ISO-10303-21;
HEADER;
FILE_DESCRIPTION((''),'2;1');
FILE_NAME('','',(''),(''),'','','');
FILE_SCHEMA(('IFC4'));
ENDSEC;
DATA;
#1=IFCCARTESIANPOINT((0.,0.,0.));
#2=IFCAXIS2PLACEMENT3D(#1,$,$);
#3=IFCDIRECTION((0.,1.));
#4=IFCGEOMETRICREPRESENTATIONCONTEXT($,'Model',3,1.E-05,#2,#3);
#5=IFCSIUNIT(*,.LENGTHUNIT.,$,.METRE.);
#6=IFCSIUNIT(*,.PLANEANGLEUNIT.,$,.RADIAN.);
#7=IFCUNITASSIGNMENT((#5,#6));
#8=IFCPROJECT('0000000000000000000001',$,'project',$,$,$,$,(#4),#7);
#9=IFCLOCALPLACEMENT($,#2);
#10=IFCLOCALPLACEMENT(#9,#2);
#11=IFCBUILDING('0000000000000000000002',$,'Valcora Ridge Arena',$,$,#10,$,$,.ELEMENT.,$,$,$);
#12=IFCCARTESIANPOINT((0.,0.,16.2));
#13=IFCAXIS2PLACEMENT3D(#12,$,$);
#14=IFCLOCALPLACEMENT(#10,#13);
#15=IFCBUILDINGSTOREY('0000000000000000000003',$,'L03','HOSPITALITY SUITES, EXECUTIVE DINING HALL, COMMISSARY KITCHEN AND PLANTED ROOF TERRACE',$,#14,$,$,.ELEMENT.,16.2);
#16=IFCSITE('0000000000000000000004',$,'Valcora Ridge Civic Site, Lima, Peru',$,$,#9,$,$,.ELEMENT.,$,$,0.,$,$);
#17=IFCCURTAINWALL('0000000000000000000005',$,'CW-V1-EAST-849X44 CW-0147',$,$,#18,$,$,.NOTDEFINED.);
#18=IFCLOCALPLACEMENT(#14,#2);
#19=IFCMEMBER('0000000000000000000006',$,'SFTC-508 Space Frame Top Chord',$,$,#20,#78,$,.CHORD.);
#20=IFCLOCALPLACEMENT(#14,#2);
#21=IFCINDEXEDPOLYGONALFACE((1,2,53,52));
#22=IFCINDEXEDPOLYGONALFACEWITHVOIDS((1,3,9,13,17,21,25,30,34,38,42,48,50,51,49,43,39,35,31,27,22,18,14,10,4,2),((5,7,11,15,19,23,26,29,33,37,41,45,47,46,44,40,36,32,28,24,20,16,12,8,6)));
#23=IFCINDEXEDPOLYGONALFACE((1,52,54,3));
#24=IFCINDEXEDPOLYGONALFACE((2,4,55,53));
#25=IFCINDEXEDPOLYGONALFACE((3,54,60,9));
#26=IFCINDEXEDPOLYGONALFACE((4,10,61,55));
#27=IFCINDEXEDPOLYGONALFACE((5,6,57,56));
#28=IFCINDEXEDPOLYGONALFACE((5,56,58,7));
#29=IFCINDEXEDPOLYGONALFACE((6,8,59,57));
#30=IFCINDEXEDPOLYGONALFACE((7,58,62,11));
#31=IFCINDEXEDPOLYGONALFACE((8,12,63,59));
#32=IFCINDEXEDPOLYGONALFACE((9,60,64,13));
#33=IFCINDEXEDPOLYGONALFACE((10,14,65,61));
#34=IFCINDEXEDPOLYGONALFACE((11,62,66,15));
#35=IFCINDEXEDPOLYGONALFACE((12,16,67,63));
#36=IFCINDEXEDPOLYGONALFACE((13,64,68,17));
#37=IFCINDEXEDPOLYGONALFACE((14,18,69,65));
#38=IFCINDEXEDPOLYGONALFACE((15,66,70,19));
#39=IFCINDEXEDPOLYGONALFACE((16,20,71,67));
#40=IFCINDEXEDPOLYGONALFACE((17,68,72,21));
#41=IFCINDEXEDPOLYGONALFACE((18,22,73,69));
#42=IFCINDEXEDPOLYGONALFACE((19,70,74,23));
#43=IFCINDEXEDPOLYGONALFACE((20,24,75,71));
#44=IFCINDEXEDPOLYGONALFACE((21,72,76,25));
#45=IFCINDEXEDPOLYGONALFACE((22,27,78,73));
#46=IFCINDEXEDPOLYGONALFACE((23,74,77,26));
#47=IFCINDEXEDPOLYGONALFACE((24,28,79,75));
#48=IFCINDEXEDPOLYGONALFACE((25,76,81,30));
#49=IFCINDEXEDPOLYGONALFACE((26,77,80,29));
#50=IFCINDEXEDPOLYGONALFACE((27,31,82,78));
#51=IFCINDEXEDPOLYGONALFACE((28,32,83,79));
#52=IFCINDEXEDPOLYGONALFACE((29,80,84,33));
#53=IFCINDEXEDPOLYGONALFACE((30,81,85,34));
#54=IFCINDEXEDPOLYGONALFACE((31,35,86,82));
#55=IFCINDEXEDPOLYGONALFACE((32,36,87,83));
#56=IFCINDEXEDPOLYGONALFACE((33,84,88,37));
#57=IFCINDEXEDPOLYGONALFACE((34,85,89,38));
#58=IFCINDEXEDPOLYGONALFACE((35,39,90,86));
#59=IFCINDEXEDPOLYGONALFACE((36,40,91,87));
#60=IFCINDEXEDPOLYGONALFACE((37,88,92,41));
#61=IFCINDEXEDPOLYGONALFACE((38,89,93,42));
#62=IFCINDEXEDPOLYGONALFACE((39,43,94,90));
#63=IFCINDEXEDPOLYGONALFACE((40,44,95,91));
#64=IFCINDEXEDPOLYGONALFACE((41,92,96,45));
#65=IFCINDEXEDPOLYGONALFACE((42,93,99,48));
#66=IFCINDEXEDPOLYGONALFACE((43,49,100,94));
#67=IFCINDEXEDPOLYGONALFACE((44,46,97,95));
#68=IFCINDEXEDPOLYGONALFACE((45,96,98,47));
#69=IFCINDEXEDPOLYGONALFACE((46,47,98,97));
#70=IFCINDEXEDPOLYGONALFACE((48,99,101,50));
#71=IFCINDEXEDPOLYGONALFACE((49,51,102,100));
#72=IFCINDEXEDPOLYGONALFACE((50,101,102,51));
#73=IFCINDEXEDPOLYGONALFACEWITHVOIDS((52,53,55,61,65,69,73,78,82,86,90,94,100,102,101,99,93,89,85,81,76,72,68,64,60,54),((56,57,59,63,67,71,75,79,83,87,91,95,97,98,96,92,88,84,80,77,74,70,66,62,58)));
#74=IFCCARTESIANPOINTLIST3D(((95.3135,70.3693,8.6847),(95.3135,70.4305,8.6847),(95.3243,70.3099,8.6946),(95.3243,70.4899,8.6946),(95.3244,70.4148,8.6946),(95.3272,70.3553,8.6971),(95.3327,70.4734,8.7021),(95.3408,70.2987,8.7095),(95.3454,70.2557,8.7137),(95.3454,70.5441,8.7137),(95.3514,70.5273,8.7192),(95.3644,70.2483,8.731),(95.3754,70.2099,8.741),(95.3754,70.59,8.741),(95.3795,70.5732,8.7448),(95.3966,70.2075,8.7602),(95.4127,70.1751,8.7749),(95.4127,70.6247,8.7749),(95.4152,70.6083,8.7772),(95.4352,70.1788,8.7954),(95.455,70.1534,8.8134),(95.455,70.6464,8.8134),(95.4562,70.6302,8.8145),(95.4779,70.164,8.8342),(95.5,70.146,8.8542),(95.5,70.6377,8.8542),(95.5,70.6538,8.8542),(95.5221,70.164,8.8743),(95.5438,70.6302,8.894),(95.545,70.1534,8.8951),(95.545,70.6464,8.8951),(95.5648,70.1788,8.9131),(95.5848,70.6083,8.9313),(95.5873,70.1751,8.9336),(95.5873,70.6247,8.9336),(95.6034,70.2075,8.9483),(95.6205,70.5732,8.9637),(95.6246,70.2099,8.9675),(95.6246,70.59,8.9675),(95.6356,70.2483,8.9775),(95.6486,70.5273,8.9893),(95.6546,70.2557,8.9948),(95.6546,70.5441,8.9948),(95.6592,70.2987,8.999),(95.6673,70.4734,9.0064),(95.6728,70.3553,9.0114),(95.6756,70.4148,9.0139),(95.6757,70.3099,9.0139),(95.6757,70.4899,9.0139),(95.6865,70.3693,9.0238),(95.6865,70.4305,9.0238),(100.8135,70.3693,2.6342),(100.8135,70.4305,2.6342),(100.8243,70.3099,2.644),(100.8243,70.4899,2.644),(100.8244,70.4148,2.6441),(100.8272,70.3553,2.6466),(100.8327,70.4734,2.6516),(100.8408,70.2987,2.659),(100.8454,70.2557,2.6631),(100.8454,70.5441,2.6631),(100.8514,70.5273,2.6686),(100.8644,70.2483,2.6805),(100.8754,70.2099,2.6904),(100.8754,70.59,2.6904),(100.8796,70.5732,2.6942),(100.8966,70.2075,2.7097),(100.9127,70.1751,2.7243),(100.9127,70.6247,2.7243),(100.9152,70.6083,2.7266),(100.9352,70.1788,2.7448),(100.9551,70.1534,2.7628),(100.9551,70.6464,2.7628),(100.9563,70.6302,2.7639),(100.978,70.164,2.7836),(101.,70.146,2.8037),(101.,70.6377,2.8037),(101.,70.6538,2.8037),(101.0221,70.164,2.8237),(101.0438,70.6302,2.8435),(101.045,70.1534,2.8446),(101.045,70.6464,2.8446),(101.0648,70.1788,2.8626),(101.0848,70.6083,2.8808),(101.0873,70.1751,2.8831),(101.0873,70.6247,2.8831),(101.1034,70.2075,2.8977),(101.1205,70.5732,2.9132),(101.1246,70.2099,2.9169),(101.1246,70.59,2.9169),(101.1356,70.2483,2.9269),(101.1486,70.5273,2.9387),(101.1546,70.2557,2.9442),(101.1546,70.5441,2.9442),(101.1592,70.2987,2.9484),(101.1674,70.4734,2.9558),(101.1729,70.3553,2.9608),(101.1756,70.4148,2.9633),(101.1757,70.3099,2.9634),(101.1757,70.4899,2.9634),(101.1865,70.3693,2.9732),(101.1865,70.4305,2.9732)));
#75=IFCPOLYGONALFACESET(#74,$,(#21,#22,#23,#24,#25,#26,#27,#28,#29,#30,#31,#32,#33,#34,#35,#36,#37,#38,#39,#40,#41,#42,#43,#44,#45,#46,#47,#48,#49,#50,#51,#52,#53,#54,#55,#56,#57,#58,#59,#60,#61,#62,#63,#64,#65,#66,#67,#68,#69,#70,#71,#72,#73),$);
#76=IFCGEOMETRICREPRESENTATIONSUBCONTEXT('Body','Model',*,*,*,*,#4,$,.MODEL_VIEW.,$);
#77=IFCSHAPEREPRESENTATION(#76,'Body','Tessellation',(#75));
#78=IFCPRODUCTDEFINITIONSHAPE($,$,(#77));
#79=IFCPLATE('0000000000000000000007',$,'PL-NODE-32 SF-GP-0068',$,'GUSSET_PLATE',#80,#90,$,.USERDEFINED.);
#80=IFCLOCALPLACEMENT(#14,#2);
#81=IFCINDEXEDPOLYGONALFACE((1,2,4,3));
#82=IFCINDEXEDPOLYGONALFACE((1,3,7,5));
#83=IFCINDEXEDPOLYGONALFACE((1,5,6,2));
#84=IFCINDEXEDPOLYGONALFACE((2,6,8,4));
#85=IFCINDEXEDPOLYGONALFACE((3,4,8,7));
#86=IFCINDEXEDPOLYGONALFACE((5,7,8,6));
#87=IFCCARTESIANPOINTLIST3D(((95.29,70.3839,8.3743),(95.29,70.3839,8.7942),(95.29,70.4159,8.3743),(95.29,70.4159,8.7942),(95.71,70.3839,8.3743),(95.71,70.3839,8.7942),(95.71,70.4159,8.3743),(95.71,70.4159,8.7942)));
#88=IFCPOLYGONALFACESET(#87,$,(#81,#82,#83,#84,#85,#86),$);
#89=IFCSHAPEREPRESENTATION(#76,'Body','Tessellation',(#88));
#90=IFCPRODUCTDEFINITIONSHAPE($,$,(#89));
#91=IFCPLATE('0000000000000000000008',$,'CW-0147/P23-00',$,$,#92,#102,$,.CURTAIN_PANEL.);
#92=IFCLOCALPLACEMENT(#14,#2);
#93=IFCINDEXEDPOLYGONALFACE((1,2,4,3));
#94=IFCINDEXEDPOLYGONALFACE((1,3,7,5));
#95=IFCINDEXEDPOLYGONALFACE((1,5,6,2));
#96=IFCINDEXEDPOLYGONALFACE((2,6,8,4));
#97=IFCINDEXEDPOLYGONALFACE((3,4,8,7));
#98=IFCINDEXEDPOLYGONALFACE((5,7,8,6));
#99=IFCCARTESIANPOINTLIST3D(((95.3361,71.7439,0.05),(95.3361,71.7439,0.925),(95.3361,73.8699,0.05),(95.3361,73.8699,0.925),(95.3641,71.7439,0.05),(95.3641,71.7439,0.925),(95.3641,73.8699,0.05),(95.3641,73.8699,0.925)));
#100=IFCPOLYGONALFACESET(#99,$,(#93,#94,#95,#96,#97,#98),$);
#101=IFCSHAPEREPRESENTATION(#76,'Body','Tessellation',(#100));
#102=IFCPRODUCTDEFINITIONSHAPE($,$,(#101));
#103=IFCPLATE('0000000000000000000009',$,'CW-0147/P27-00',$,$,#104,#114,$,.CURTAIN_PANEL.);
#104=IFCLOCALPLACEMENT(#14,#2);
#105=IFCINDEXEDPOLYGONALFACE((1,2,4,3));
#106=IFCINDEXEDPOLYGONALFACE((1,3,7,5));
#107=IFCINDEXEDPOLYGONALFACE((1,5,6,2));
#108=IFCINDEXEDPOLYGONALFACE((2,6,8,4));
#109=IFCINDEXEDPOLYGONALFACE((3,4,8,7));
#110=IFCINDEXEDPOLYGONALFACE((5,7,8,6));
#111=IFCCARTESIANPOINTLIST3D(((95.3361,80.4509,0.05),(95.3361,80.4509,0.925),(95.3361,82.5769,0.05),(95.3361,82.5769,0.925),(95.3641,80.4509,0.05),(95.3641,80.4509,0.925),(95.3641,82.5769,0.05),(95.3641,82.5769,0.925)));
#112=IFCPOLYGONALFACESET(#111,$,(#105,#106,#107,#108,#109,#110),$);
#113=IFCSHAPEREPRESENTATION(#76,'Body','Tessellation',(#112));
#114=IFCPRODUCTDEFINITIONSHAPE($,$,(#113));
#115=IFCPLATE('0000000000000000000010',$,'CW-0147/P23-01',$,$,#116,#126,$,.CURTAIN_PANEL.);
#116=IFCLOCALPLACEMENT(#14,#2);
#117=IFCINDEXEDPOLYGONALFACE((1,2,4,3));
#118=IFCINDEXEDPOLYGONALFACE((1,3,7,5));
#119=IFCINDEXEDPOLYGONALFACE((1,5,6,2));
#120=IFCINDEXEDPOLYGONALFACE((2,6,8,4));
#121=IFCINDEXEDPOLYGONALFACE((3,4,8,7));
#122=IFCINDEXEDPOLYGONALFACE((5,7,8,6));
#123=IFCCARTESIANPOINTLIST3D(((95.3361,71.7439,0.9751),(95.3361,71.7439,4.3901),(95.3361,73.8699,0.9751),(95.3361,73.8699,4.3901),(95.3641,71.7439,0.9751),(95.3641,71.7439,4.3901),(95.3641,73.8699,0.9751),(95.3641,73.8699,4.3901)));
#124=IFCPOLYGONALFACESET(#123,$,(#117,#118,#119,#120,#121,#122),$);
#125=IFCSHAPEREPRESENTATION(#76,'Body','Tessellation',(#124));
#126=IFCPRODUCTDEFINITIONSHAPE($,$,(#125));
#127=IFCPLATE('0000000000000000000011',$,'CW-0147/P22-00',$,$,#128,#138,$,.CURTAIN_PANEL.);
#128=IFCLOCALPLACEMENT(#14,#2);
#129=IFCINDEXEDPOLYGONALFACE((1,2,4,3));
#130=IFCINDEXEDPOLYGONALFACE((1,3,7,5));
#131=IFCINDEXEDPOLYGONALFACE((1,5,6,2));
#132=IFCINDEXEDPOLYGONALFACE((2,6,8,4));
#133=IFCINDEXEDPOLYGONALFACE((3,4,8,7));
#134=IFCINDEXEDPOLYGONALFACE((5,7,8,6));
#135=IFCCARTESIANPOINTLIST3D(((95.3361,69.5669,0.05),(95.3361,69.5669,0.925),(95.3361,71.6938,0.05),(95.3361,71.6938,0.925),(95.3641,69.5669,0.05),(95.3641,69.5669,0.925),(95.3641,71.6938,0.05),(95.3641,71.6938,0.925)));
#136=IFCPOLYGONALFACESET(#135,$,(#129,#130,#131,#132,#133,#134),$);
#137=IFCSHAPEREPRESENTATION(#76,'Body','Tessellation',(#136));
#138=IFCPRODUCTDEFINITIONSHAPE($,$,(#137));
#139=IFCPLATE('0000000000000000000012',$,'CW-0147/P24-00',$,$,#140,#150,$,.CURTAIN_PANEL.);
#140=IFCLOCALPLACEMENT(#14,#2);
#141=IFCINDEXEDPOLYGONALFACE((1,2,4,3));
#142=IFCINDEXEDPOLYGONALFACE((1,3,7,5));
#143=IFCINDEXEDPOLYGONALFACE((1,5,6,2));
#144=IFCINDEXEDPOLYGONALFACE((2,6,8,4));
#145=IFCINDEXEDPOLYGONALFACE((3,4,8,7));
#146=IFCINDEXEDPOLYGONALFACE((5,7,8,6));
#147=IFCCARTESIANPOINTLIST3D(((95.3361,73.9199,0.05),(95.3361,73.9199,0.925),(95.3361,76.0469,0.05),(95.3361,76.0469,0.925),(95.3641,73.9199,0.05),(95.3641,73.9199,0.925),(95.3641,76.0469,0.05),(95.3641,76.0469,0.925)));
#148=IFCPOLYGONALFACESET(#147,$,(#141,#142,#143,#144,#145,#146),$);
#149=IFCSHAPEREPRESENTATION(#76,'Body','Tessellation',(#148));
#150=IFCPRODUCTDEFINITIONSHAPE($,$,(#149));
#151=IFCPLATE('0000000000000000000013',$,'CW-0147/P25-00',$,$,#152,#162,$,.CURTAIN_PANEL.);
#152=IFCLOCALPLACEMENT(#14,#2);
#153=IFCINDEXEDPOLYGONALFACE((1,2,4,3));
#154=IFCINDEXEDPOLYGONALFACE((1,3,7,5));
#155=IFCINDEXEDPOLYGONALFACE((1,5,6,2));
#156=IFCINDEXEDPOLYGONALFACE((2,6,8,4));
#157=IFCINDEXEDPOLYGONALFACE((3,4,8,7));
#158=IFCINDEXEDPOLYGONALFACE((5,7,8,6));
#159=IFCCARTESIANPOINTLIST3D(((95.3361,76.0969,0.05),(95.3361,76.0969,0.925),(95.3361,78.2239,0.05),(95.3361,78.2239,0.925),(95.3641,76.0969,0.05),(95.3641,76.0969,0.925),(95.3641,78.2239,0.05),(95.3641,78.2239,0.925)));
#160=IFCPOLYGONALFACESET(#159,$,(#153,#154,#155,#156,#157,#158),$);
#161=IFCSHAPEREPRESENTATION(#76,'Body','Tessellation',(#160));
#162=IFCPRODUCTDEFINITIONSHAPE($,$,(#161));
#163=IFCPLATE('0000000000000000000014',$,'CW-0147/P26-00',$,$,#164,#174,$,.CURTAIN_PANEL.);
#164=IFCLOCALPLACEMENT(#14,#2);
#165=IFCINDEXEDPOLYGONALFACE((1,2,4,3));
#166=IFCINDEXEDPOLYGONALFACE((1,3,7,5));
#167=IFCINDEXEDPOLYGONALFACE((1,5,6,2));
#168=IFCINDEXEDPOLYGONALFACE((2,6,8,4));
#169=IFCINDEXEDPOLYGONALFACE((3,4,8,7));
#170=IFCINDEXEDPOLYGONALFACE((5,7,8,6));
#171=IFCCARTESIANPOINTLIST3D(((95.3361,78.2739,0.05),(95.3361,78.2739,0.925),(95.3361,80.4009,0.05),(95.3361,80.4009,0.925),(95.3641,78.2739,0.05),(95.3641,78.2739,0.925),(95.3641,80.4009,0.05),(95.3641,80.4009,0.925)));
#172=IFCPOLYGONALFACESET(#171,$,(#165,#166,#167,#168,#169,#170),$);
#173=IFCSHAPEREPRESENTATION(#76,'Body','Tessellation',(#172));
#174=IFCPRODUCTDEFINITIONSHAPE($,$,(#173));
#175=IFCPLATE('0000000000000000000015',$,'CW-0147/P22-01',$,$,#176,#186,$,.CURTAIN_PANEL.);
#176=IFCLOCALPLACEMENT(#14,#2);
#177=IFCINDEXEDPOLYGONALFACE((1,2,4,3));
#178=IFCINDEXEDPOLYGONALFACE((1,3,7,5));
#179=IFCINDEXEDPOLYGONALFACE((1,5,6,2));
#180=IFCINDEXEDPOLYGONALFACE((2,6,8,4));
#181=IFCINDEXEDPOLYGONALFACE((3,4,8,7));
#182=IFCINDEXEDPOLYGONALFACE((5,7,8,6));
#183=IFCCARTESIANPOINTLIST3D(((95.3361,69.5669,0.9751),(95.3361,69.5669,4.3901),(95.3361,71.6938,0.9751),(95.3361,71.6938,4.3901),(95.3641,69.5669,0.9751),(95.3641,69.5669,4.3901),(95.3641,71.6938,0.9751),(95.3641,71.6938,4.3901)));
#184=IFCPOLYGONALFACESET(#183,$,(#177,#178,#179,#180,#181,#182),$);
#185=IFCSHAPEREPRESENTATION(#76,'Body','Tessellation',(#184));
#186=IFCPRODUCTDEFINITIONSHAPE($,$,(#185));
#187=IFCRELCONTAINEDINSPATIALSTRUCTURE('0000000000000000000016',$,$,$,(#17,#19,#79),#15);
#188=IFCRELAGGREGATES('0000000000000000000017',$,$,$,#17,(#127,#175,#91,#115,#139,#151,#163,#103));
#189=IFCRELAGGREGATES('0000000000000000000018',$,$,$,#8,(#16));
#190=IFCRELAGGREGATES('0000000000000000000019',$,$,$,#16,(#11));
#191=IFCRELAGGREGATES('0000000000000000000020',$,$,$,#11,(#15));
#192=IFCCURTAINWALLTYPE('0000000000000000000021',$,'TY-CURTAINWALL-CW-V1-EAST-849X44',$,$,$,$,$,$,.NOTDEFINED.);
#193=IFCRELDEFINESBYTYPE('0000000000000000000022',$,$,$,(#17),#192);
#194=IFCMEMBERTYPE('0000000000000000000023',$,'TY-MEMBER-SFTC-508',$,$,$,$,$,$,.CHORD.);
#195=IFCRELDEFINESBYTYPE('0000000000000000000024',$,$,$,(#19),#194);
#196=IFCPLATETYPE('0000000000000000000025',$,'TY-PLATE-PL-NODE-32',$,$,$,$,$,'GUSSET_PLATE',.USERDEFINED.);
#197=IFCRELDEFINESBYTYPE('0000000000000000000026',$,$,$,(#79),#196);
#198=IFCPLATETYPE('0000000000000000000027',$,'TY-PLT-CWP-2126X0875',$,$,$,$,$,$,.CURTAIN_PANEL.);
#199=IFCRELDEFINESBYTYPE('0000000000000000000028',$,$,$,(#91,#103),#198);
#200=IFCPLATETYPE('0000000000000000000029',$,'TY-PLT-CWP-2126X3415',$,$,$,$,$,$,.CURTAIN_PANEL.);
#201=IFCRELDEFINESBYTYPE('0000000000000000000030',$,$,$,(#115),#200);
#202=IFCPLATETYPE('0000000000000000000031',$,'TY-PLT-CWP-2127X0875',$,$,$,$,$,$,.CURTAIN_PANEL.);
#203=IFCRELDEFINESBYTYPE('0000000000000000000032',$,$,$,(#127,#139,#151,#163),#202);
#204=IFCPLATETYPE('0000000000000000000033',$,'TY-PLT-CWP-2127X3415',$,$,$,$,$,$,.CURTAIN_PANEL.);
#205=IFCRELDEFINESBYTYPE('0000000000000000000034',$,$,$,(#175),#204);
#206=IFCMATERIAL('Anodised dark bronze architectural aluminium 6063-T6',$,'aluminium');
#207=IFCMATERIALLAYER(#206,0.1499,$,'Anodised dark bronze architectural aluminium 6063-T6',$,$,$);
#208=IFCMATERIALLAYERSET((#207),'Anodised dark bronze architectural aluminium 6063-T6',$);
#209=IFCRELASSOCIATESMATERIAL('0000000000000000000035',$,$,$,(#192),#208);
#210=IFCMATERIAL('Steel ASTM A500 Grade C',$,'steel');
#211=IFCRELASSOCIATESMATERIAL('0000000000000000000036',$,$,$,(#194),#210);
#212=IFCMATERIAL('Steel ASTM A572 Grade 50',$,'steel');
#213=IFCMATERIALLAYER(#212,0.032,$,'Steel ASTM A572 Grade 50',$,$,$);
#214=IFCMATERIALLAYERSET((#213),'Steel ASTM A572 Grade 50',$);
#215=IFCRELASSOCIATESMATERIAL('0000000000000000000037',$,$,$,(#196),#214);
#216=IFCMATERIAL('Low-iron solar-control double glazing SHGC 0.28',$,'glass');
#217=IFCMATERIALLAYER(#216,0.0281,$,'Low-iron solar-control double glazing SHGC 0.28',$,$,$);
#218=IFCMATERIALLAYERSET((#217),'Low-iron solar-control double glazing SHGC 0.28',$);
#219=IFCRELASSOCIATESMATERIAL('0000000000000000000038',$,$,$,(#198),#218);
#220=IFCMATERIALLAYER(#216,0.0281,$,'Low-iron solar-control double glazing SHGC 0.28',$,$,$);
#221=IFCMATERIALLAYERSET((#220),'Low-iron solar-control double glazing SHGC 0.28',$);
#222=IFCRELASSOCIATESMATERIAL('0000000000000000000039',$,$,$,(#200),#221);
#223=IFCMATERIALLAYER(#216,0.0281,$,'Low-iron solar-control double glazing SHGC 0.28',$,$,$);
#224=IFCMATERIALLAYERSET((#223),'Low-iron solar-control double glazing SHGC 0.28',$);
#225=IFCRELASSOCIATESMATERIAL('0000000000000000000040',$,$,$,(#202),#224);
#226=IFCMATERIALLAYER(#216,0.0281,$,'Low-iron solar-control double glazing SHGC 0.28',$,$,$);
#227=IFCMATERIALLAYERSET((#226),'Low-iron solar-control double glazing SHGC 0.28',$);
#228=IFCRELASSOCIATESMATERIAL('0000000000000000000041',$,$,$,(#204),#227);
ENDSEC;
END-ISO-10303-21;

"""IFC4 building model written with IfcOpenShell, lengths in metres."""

from ifc_helpers import new_model, si_unit, direction, frame, origin, origin_2d, place, context, subcontext, project, spatial, rectangle, hollow_circle, extrude, material, layer, layer_set, material_profile, profile_set, type_object, element, aggregate, save


model = new_model("IFC4")

# Units and contexts
model_context = context("Model", 3, precision=1e-05, world=origin(), true_north=direction((0.0, 1.0)))
body_context = subcontext(model_context, "Body", "Model", "MODEL_VIEW")
ifc_project = project(units=[si_unit("LENGTHUNIT", "METRE"), si_unit("PLANEANGLEUNIT", "RADIAN")], contexts=[model_context])

# Site, building, storey
site_placement = place(None, origin())
site = spatial("IfcSite", under=ifc_project, at=site_placement, Name="Valcora Ridge Civic Site, Lima, Peru", CompositionType="ELEMENT", RefElevation=0.0)
building_placement = place(site_placement, origin())
building = spatial("IfcBuilding", under=site, at=building_placement, Name="Valcora Ridge Arena", CompositionType="ELEMENT")
storey_placement = place(building_placement, frame((0.0, 0.0, 16.2)))
storey = spatial("IfcBuildingStorey", under=building, at=storey_placement, Name="L03", Description="HOSPITALITY SUITES, EXECUTIVE DINING HALL, COMMISSARY KITCHEN AND PLANTED ROOF TERRACE", CompositionType="ELEMENT", Elevation=16.2)

# Curtain wall
ifc_material_1 = material(Name="Anodised dark bronze architectural aluminium 6063-T6", Category="aluminium")
ifc_layer_1 = layer(ifc_material_1, 0.1499, Name="Anodised dark bronze architectural aluminium 6063-T6")
ifc_layer_set_1 = layer_set([ifc_layer_1], Name="Anodised dark bronze architectural aluminium 6063-T6")
curtain_wall_type = type_object("IfcCurtainWallType", Name="TY-CURTAINWALL-CW-V1-EAST-849X44", PredefinedType="NOTDEFINED", material=ifc_layer_set_1)
curtain_wall_placement = place(storey_placement, origin())
curtain_wall = element("IfcCurtainWall", 1, at=curtain_wall_placement, inside=storey, type_object=curtain_wall_type, Name="CW-V1-EAST-849X44 CW-0147", PredefinedType="NOTDEFINED")

# Member
ifc_material_2 = material(Name="Steel ASTM A572 Grade 50", Category="steel")
ifc_material_3 = material(Name="Steel ASTM A500 Grade C", Category="steel")
ifc_material_profile_1 = material_profile(ifc_material_3, hollow_circle(Radius=0.2539, WallThickness=0.0161, at=origin_2d()), Name="CHS508X16")
ifc_profile_set_1 = profile_set([ifc_material_profile_1], Name="Steel ASTM A500 Grade C")
member_type_1 = type_object("IfcMemberType", Name="TY-MEMBER-SFTC-508", PredefinedType="CHORD", material=ifc_profile_set_1)
member_1_placement = place(storey_placement, frame((95.5, 70.3999, 8.8542), z_axis=(0.67264, 0.0, -0.73997), x_axis=(0.0, 1.0, 0.0)))
element("IfcMember", 2, at=member_1_placement, inside=storey, type_object=member_type_1, Name="SFTC-508 Space Frame Top Chord", PredefinedType="CHORD", context=body_context, shape_type="SweptSolid", body=[
    extrude(hollow_circle(Radius=0.2539, WallThickness=0.0161, at=origin_2d()), origin(), (0.0, 0.0, 1.0), 8.1768),
])

# Plates
ifc_layer_2 = layer(ifc_material_2, 0.032, Name="Steel ASTM A572 Grade 50")
ifc_layer_set_2 = layer_set([ifc_layer_2], Name="Steel ASTM A572 Grade 50")
plate_type_1 = type_object("IfcPlateType", Name="TY-PLATE-PL-NODE-32", ElementType="GUSSET_PLATE", PredefinedType="USERDEFINED", material=ifc_layer_set_2)
plate_1_placement = place(storey_placement, frame((95.5, 70.3999, 8.3743), z_axis=(0.0, 0.0, 1.0), x_axis=(1.0, 0.0, 0.0)))
element("IfcPlate", 3, at=plate_1_placement, inside=storey, type_object=plate_type_1, Name="PL-NODE-32 SF-GP-0068", ObjectType="GUSSET_PLATE", PredefinedType="USERDEFINED", context=body_context, shape_type="SweptSolid", body=[
    extrude(rectangle(XDim=0.4199, YDim=0.032, at=origin_2d()), origin(), (0.0, 0.0, 1.0), 0.4199),
])
ifc_material_4 = material(Name="Low-iron solar-control double glazing SHGC 0.28", Category="glass")
ifc_layer_3 = layer(ifc_material_4, 0.0281, Name="Low-iron solar-control double glazing SHGC 0.28")
ifc_layer_set_3 = layer_set([ifc_layer_3], Name="Low-iron solar-control double glazing SHGC 0.28")
plate_type_2 = type_object("IfcPlateType", Name="TY-PLT-CWP-2126X0875", PredefinedType="CURTAIN_PANEL", material=ifc_layer_set_3)
plate_2_placement = place(storey_placement, frame((95.3501, 72.8069, 0.05), z_axis=(0.0, 0.0, 1.0), x_axis=(0.0, 1.0, 0.0)))
plate_2 = element("IfcPlate", 4, at=plate_2_placement, type_object=plate_type_2, Name="CW-0147/P23-00", PredefinedType="CURTAIN_PANEL", context=body_context, shape_type="SweptSolid", body=[
    extrude(rectangle(XDim=2.126, YDim=0.0281, at=origin_2d()), origin(), (0.0, 0.0, 1.0), 0.875),
])
plate_3_placement = place(storey_placement, frame((95.3501, 81.5139, 0.05), z_axis=(0.0, 0.0, 1.0), x_axis=(0.0, 1.0, 0.0)))
plate_3 = element("IfcPlate", 5, at=plate_3_placement, type_object=plate_type_2, Name="CW-0147/P27-00", PredefinedType="CURTAIN_PANEL", context=body_context, shape_type="SweptSolid", body=[
    extrude(rectangle(XDim=2.126, YDim=0.0281, at=origin_2d()), origin(), (0.0, 0.0, 1.0), 0.875),
])
ifc_layer_4 = layer(ifc_material_4, 0.0281, Name="Low-iron solar-control double glazing SHGC 0.28")
ifc_layer_set_4 = layer_set([ifc_layer_4], Name="Low-iron solar-control double glazing SHGC 0.28")
plate_type_3 = type_object("IfcPlateType", Name="TY-PLT-CWP-2126X3415", PredefinedType="CURTAIN_PANEL", material=ifc_layer_set_4)
plate_4_placement = place(storey_placement, frame((95.3501, 72.8069, 0.9751), z_axis=(0.0, 0.0, 1.0), x_axis=(0.0, 1.0, 0.0)))
plate_4 = element("IfcPlate", 6, at=plate_4_placement, type_object=plate_type_3, Name="CW-0147/P23-01", PredefinedType="CURTAIN_PANEL", context=body_context, shape_type="SweptSolid", body=[
    extrude(rectangle(XDim=2.126, YDim=0.0281, at=origin_2d()), origin(), (0.0, 0.0, 1.0), 3.415),
])
ifc_layer_5 = layer(ifc_material_4, 0.0281, Name="Low-iron solar-control double glazing SHGC 0.28")
ifc_layer_set_5 = layer_set([ifc_layer_5], Name="Low-iron solar-control double glazing SHGC 0.28")
plate_type_4 = type_object("IfcPlateType", Name="TY-PLT-CWP-2127X0875", PredefinedType="CURTAIN_PANEL", material=ifc_layer_set_5)
plate_5_placement = place(storey_placement, frame((95.3501, 70.6304, 0.05), z_axis=(0.0, 0.0, 1.0), x_axis=(0.0, 1.0, 0.0)))
plate_5 = element("IfcPlate", 7, at=plate_5_placement, type_object=plate_type_4, Name="CW-0147/P22-00", PredefinedType="CURTAIN_PANEL", context=body_context, shape_type="SweptSolid", body=[
    extrude(rectangle(XDim=2.127, YDim=0.0281, at=origin_2d()), origin(), (0.0, 0.0, 1.0), 0.875),
])
plate_6_placement = place(storey_placement, frame((95.3501, 74.9834, 0.05), z_axis=(0.0, 0.0, 1.0), x_axis=(0.0, 1.0, 0.0)))
plate_6 = element("IfcPlate", 8, at=plate_6_placement, type_object=plate_type_4, Name="CW-0147/P24-00", PredefinedType="CURTAIN_PANEL", context=body_context, shape_type="SweptSolid", body=[
    extrude(rectangle(XDim=2.127, YDim=0.0281, at=origin_2d()), origin(), (0.0, 0.0, 1.0), 0.875),
])
plate_7_placement = place(storey_placement, frame((95.3501, 77.1604, 0.05), z_axis=(0.0, 0.0, 1.0), x_axis=(0.0, 1.0, 0.0)))
plate_7 = element("IfcPlate", 9, at=plate_7_placement, type_object=plate_type_4, Name="CW-0147/P25-00", PredefinedType="CURTAIN_PANEL", context=body_context, shape_type="SweptSolid", body=[
    extrude(rectangle(XDim=2.127, YDim=0.0281, at=origin_2d()), origin(), (0.0, 0.0, 1.0), 0.875),
])
plate_8_placement = place(storey_placement, frame((95.3501, 79.3374, 0.05), z_axis=(0.0, 0.0, 1.0), x_axis=(0.0, 1.0, 0.0)))
plate_8 = element("IfcPlate", 10, at=plate_8_placement, type_object=plate_type_4, Name="CW-0147/P26-00", PredefinedType="CURTAIN_PANEL", context=body_context, shape_type="SweptSolid", body=[
    extrude(rectangle(XDim=2.127, YDim=0.0281, at=origin_2d()), origin(), (0.0, 0.0, 1.0), 0.875),
])
ifc_layer_6 = layer(ifc_material_4, 0.0281, Name="Low-iron solar-control double glazing SHGC 0.28")
ifc_layer_set_6 = layer_set([ifc_layer_6], Name="Low-iron solar-control double glazing SHGC 0.28")
plate_type_5 = type_object("IfcPlateType", Name="TY-PLT-CWP-2127X3415", PredefinedType="CURTAIN_PANEL", material=ifc_layer_set_6)
plate_9_placement = place(storey_placement, frame((95.3501, 70.6304, 0.9751), z_axis=(0.0, 0.0, 1.0), x_axis=(0.0, 1.0, 0.0)))
plate_9 = element("IfcPlate", 11, at=plate_9_placement, type_object=plate_type_5, Name="CW-0147/P22-01", PredefinedType="CURTAIN_PANEL", context=body_context, shape_type="SweptSolid", body=[
    extrude(rectangle(XDim=2.127, YDim=0.0281, at=origin_2d()), origin(), (0.0, 0.0, 1.0), 3.415),
])
aggregate(curtain_wall, [plate_5, plate_9, plate_2, plate_4, plate_6, plate_7, plate_8, plate_3])

save(model, "model.ifc")
